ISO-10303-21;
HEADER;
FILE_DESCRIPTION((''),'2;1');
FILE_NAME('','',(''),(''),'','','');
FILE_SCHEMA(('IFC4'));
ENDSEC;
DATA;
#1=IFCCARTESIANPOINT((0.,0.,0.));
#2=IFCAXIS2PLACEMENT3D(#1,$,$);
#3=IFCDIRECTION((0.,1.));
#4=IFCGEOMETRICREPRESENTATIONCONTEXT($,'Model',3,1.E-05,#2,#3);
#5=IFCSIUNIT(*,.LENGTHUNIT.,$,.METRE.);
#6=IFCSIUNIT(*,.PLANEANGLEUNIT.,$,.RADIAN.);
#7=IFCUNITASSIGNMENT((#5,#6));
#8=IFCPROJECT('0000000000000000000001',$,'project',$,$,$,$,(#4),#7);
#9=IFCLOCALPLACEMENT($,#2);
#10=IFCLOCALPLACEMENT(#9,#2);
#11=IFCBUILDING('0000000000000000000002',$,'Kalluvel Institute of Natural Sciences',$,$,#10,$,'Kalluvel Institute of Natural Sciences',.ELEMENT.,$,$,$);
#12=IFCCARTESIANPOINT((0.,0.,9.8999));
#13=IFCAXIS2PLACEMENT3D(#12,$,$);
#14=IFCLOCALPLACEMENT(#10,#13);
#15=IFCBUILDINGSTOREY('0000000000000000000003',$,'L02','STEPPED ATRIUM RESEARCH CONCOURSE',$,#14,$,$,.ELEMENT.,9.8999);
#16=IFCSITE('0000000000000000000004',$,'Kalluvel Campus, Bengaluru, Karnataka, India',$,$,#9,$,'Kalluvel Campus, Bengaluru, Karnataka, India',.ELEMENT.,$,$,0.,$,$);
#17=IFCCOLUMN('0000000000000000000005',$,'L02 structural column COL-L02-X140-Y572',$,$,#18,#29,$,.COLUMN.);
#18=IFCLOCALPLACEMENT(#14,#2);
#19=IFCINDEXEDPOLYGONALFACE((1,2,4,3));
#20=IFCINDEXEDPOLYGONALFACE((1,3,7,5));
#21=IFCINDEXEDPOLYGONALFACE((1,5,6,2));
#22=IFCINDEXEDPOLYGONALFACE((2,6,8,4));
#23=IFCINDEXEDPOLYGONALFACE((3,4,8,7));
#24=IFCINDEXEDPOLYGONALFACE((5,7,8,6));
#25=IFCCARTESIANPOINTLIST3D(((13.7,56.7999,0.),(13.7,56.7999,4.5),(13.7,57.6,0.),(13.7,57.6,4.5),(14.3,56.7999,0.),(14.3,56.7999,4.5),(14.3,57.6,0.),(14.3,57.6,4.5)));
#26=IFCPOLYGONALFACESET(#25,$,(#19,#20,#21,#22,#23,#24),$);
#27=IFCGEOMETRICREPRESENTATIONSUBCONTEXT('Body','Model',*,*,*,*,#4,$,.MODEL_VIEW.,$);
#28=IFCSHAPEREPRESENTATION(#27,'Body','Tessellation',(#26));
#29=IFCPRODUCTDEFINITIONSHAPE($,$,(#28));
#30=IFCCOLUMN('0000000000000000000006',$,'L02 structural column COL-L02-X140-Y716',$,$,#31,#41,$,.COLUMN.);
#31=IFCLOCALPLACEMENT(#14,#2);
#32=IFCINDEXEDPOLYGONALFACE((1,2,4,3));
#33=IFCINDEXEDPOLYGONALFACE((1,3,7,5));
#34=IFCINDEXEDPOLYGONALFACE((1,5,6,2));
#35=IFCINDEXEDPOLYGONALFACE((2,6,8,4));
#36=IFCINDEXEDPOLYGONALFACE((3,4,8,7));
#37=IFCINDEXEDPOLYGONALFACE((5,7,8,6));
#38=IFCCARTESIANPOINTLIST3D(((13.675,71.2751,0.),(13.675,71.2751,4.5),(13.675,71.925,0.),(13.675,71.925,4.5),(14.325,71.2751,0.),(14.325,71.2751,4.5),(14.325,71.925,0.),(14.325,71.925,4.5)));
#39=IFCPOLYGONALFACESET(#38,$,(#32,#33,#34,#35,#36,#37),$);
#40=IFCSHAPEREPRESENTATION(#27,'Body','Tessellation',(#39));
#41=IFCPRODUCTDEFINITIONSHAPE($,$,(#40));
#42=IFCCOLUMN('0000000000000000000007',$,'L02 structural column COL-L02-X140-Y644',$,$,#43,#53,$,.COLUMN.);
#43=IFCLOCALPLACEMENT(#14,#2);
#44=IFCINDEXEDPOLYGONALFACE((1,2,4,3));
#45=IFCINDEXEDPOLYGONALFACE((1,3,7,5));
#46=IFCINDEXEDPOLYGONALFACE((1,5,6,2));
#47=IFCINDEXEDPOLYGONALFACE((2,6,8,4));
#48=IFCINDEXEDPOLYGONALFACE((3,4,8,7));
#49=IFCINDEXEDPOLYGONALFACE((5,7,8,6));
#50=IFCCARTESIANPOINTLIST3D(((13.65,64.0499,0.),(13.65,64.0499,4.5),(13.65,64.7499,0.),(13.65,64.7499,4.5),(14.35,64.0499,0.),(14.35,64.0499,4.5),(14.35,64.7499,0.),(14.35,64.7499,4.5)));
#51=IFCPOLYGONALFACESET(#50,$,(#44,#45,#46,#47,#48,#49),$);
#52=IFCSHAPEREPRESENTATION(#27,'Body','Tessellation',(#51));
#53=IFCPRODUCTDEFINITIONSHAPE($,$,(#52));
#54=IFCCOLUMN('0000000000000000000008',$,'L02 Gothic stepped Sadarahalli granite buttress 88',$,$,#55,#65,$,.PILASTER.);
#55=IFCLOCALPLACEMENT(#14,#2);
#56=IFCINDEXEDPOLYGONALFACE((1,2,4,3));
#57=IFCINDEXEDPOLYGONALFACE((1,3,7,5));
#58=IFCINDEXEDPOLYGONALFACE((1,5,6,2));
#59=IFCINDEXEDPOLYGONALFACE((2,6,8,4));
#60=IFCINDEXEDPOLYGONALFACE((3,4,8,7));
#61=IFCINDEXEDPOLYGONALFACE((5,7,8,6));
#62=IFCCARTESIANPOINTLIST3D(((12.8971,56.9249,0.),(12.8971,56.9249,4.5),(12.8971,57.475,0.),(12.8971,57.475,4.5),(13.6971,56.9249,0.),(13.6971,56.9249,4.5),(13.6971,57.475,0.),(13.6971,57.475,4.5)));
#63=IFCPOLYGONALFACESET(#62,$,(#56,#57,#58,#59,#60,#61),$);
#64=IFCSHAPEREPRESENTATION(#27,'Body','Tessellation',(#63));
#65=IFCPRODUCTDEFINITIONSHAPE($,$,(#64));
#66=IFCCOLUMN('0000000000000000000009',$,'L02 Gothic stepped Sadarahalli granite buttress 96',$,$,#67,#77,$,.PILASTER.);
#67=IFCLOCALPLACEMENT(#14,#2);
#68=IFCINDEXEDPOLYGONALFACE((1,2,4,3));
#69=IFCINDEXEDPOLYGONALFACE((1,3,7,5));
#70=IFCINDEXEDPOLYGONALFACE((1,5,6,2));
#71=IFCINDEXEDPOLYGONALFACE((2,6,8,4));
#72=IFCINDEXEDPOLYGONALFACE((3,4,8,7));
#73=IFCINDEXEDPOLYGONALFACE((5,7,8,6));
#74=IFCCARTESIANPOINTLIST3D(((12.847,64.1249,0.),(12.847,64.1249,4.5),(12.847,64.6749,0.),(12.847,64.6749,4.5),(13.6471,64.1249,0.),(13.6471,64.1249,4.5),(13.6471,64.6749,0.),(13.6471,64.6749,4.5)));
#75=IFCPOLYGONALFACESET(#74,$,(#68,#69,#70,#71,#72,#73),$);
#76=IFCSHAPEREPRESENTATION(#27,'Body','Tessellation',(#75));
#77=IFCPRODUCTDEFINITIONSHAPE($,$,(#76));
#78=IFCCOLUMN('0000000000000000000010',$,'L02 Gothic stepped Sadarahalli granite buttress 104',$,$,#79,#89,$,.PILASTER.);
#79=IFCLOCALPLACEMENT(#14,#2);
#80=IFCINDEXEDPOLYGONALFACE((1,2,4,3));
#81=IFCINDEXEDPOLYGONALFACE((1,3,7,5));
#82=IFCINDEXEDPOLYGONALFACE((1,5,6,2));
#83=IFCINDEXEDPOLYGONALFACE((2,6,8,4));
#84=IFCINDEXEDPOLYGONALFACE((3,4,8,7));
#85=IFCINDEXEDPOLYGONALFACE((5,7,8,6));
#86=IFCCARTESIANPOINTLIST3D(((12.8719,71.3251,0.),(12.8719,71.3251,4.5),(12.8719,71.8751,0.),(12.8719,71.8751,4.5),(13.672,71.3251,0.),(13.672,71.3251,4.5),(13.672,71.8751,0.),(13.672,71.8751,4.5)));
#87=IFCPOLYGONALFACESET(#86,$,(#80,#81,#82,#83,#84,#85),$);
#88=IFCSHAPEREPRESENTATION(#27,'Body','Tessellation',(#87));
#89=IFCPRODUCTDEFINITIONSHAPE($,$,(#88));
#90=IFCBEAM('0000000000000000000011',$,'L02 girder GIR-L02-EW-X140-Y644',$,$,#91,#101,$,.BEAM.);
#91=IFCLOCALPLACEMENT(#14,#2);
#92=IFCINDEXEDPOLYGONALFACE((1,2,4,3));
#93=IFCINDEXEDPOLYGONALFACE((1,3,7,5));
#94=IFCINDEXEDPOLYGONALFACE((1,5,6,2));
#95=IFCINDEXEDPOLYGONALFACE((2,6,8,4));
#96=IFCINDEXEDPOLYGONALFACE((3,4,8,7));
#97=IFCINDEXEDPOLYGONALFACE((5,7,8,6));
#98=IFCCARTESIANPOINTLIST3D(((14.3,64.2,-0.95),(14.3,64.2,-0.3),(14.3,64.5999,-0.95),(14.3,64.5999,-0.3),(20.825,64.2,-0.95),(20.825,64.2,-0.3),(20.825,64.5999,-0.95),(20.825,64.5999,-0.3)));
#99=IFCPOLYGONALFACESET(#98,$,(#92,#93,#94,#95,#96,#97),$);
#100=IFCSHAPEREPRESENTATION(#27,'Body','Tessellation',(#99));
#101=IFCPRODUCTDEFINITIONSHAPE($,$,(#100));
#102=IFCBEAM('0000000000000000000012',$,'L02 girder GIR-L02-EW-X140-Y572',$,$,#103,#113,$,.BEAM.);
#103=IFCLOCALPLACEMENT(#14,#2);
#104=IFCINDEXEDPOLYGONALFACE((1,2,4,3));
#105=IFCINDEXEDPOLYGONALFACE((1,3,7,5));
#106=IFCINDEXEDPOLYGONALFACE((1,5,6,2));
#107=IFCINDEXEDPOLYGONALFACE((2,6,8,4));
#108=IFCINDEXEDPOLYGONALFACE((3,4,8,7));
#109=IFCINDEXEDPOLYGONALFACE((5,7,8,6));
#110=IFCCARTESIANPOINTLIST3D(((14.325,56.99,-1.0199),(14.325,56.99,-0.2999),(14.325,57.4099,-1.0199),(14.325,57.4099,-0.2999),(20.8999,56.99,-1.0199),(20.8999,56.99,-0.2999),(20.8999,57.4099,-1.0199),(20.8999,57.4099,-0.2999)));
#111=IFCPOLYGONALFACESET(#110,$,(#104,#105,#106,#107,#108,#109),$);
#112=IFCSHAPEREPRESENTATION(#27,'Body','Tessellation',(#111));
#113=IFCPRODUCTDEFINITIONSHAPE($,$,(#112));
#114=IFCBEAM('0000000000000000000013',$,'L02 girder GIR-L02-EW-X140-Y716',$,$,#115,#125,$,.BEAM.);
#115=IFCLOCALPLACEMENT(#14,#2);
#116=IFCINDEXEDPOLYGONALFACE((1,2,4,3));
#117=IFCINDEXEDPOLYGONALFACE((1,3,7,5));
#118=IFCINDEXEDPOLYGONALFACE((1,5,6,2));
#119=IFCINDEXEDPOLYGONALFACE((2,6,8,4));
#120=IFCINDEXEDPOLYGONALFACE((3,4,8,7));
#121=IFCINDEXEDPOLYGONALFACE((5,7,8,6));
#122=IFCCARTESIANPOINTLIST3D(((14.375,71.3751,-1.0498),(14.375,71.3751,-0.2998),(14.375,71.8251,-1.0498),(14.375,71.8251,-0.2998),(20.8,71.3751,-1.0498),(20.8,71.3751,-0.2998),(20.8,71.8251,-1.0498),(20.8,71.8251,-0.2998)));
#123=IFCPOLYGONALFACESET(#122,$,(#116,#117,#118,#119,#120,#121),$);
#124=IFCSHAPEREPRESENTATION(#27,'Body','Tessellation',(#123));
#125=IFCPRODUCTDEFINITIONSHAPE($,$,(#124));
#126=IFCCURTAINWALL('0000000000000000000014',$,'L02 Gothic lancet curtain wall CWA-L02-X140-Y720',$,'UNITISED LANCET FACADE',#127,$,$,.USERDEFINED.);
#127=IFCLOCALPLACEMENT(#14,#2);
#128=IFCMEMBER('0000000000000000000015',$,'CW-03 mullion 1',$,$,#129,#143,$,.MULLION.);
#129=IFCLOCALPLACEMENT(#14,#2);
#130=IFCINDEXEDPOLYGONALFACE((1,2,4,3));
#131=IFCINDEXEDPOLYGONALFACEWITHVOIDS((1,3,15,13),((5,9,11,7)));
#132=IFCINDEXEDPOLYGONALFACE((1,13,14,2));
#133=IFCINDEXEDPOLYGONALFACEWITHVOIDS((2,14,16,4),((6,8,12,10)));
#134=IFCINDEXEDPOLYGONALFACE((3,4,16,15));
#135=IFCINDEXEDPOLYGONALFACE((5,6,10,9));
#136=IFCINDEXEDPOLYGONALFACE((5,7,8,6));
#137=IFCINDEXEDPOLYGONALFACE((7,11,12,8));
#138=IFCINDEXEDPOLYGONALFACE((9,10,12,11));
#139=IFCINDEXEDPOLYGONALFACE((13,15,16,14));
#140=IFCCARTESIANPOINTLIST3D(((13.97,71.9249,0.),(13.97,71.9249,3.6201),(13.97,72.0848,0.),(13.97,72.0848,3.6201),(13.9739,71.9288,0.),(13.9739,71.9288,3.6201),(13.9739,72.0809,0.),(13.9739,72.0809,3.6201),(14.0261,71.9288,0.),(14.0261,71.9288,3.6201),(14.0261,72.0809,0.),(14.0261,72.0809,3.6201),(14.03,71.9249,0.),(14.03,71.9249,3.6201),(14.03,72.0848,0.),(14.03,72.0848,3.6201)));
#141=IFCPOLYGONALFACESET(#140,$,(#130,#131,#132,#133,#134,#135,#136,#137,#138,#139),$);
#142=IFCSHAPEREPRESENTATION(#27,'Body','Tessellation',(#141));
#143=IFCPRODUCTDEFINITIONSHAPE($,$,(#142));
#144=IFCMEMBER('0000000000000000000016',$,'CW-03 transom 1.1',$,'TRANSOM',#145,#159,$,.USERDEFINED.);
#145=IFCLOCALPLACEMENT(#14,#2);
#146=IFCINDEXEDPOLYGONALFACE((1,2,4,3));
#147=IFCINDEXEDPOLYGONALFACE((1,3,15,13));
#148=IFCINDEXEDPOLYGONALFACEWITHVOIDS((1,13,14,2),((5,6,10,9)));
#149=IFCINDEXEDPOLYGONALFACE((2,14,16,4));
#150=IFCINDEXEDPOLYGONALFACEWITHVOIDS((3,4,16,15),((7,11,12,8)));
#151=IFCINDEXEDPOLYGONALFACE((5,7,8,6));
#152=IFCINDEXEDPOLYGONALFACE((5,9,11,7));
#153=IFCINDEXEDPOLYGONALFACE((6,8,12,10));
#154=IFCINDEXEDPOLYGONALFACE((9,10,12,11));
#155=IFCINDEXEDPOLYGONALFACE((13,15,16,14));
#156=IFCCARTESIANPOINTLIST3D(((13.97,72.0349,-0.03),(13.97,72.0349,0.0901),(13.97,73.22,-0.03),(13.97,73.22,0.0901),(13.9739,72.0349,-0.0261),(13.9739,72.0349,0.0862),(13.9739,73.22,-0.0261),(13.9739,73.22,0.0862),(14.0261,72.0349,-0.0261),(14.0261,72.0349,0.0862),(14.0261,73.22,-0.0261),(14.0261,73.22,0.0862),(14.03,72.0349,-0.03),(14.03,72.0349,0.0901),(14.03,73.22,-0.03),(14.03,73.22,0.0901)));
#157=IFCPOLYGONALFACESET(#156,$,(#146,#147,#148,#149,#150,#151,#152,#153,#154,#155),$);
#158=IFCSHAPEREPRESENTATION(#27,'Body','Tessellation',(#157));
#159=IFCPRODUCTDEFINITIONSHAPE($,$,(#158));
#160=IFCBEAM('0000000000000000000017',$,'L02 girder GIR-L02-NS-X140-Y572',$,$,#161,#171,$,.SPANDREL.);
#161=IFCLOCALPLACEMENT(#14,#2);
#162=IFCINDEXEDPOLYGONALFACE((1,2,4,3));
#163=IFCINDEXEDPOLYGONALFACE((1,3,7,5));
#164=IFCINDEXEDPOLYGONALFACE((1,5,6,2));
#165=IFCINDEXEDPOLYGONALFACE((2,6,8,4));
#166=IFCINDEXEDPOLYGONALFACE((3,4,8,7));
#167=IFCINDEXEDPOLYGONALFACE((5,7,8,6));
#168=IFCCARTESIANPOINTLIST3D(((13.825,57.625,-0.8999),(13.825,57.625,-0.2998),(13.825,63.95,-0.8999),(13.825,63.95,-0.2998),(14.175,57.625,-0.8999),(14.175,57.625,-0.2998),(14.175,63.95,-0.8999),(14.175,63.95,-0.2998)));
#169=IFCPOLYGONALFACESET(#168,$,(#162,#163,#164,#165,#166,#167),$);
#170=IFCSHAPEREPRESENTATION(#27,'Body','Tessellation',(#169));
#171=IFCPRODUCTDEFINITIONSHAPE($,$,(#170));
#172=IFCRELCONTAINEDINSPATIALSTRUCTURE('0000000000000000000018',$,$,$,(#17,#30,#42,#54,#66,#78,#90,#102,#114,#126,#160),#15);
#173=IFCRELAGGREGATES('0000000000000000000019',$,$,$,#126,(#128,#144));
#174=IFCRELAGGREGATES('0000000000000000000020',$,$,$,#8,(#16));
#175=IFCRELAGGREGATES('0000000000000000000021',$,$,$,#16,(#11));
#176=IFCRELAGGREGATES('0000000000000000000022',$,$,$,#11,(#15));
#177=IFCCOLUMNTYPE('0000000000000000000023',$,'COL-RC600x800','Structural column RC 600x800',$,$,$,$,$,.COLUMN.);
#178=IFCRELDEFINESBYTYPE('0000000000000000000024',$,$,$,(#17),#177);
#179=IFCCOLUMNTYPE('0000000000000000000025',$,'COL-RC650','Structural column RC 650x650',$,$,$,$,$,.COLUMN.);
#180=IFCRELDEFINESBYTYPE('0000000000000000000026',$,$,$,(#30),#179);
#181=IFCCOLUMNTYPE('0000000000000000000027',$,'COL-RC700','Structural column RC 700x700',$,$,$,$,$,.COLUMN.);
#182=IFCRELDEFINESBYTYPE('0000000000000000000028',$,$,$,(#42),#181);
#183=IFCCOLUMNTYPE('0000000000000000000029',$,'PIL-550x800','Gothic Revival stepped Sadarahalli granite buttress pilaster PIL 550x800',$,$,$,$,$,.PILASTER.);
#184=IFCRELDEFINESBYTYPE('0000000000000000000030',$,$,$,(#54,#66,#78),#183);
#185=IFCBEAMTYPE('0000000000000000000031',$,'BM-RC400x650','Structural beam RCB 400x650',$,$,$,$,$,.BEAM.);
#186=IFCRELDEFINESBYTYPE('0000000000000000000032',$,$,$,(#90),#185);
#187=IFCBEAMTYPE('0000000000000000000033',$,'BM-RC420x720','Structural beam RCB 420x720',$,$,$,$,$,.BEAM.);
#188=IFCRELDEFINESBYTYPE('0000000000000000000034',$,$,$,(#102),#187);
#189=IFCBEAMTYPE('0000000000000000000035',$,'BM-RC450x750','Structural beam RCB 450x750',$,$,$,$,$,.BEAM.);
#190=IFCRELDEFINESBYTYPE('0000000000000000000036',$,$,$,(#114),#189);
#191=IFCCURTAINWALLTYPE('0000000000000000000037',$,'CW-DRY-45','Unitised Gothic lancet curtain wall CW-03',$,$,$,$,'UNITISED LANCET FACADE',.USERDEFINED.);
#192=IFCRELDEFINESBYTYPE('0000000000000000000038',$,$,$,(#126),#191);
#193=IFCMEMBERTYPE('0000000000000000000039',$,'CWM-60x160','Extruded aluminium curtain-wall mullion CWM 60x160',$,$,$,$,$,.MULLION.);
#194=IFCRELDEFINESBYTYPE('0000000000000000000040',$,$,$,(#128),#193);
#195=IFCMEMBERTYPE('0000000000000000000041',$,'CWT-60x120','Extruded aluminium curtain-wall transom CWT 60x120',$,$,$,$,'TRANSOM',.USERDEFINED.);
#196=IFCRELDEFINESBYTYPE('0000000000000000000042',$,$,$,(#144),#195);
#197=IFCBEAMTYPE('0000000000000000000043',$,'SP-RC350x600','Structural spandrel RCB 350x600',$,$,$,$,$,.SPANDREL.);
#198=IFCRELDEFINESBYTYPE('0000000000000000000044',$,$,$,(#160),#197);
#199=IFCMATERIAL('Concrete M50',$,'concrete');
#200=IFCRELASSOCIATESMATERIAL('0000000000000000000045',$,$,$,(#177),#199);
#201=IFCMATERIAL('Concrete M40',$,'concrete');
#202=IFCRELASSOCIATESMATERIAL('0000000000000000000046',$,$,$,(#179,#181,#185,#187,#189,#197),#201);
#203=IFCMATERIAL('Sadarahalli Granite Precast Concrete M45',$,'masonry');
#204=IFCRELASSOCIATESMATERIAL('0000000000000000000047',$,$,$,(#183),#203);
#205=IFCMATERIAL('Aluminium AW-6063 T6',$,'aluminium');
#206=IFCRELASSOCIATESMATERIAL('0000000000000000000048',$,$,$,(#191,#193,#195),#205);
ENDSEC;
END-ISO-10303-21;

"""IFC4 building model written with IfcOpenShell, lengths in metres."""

from ifc_helpers import new_model, si_unit, direction, frame, origin, origin_2d, place, context, subcontext, project, spatial, rectangle, hollow_rectangle, extrude, material, material_profile, profile_set, type_object, element, aggregate, save


model = new_model("IFC4")

# Units and contexts
model_context = context("Model", 3, precision=1e-05, world=origin(), true_north=direction((0.0, 1.0)))
body_context = subcontext(model_context, "Body", "Model", "MODEL_VIEW")
ifc_project = project(units=[si_unit("LENGTHUNIT", "METRE"), si_unit("PLANEANGLEUNIT", "RADIAN")], contexts=[model_context])

# Site, building, storey
site_placement = place(None, origin())
site = spatial("IfcSite", under=ifc_project, at=site_placement, Name="Kalluvel Campus, Bengaluru, Karnataka, India", LongName="Kalluvel Campus, Bengaluru, Karnataka, India", CompositionType="ELEMENT", RefElevation=0.0)
building_placement = place(site_placement, origin())
building = spatial("IfcBuilding", under=site, at=building_placement, Name="Kalluvel Institute of Natural Sciences", LongName="Kalluvel Institute of Natural Sciences", CompositionType="ELEMENT")
storey_placement = place(building_placement, frame((0.0, 0.0, 9.8999)))
storey = spatial("IfcBuildingStorey", under=building, at=storey_placement, Name="L02", Description="STEPPED ATRIUM RESEARCH CONCOURSE", CompositionType="ELEMENT", Elevation=9.8999)

# Columns
ifc_material_1 = material(Name="Concrete M50", Category="concrete")
ifc_material_profile_1 = material_profile(ifc_material_1, rectangle(XDim=0.6001, YDim=0.8, at=origin_2d()), Name="RC 600x800")
ifc_profile_set_1 = profile_set([ifc_material_profile_1], Name="Concrete M50")
column_type_1 = type_object("IfcColumnType", Name="COL-RC600x800", Description="Structural column RC 600x800", PredefinedType="COLUMN", material=ifc_profile_set_1)
column_1_placement = place(storey_placement, frame((14.0, 57.2, 0.0), z_axis=(0.0, 0.0, 1.0), x_axis=(1.0, 0.0, 0.0)))
element("IfcColumn", 1, at=column_1_placement, inside=storey, type_object=column_type_1, Name="L02 structural column COL-L02-X140-Y572", PredefinedType="COLUMN", context=body_context, shape_type="SweptSolid", body=[
    extrude(rectangle(XDim=0.6001, YDim=0.8, at=origin_2d()), origin(), (0.0, 0.0, 1.0), 4.5),
])
ifc_material_2 = material(Name="Concrete M40", Category="concrete")
ifc_material_profile_2 = material_profile(ifc_material_2, rectangle(XDim=0.6499, YDim=0.6499, at=origin_2d()), Name="RC 650x650")
ifc_profile_set_2 = profile_set([ifc_material_profile_2], Name="Concrete M40")
column_type_2 = type_object("IfcColumnType", Name="COL-RC650", Description="Structural column RC 650x650", PredefinedType="COLUMN", material=ifc_profile_set_2)
column_2_placement = place(storey_placement, frame((14.0, 71.6001, 0.0), z_axis=(0.0, 0.0, 1.0), x_axis=(1.0, 0.0, 0.0)))
element("IfcColumn", 2, at=column_2_placement, inside=storey, type_object=column_type_2, Name="L02 structural column COL-L02-X140-Y716", PredefinedType="COLUMN", context=body_context, shape_type="SweptSolid", body=[
    extrude(rectangle(XDim=0.6499, YDim=0.6499, at=origin_2d()), origin(), (0.0, 0.0, 1.0), 4.5),
])
ifc_material_profile_3 = material_profile(ifc_material_2, rectangle(XDim=0.7, YDim=0.7, at=origin_2d()), Name="RC 700x700")
ifc_profile_set_3 = profile_set([ifc_material_profile_3], Name="Concrete M40")
column_type_3 = type_object("IfcColumnType", Name="COL-RC700", Description="Structural column RC 700x700", PredefinedType="COLUMN", material=ifc_profile_set_3)
column_3_placement = place(storey_placement, frame((14.0, 64.3999, 0.0), z_axis=(0.0, 0.0, 1.0), x_axis=(1.0, 0.0, 0.0)))
element("IfcColumn", 3, at=column_3_placement, inside=storey, type_object=column_type_3, Name="L02 structural column COL-L02-X140-Y644", PredefinedType="COLUMN", context=body_context, shape_type="SweptSolid", body=[
    extrude(rectangle(XDim=0.7, YDim=0.7, at=origin_2d()), origin(), (0.0, 0.0, 1.0), 4.5),
])
ifc_material_3 = material(Name="Sadarahalli Granite Precast Concrete M45", Category="masonry")
ifc_material_profile_4 = material_profile(ifc_material_3, rectangle(XDim=0.55, YDim=0.8, at=origin_2d()), Name="PIL 550x800")
ifc_profile_set_4 = profile_set([ifc_material_profile_4], Name="Sadarahalli Granite Precast Concrete M45")
column_type_4 = type_object("IfcColumnType", Name="PIL-550x800", Description="Gothic Revival stepped Sadarahalli granite buttress pilaster PIL 550x800", PredefinedType="PILASTER", material=ifc_profile_set_4)
for number, where, z_axis, x_axis, name in (
    (4, (13.2971, 57.2, 0.0), (0.0, 0.0, 1.0), (0.0, 1.0, 0.0), "L02 Gothic stepped Sadarahalli granite buttress 88"),
    (5, (13.2471, 64.3999, 0.0), (0.0, 0.0, 1.0), (0.0, 1.0, 0.0), "L02 Gothic stepped Sadarahalli granite buttress 96"),
    (6, (13.272, 71.6001, 0.0), (0.0, 0.0, 1.0), (0.0, 1.0, 0.0), "L02 Gothic stepped Sadarahalli granite buttress 104"),
):
    element("IfcColumn", number, at=place(storey_placement, frame(where, z_axis=z_axis, x_axis=x_axis)), inside=storey, type_object=column_type_4, Name=name, PredefinedType="PILASTER", context=body_context, shape_type="SweptSolid", body=[
        extrude(rectangle(XDim=0.55, YDim=0.8, at=origin_2d()), origin(), (0.0, 0.0, 1.0), 4.5),
    ])

# Beams
ifc_material_profile_5 = material_profile(ifc_material_2, rectangle(XDim=0.3999, YDim=0.6499, at=origin_2d()), Name="RCB 400x650")
ifc_profile_set_5 = profile_set([ifc_material_profile_5], Name="Concrete M40")
beam_type_1 = type_object("IfcBeamType", Name="BM-RC400x650", Description="Structural beam RCB 400x650", PredefinedType="BEAM", material=ifc_profile_set_5)
beam_1_placement = place(storey_placement, frame((14.3, 64.3999, -0.625), z_axis=(1.0, 0.0, 0.0), x_axis=(0.0, 1.0, 0.0)))
element("IfcBeam", 7, at=beam_1_placement, inside=storey, type_object=beam_type_1, Name="L02 girder GIR-L02-EW-X140-Y644", PredefinedType="BEAM", context=body_context, shape_type="SweptSolid", body=[
    extrude(rectangle(XDim=0.3999, YDim=0.6499, at=origin_2d()), origin(), (0.0, 0.0, 1.0), 6.5249),
])
ifc_material_profile_6 = material_profile(ifc_material_2, rectangle(XDim=0.4199, YDim=0.72, at=origin_2d()), Name="RCB 420x720")
ifc_profile_set_6 = profile_set([ifc_material_profile_6], Name="Concrete M40")
beam_type_2 = type_object("IfcBeamType", Name="BM-RC420x720", Description="Structural beam RCB 420x720", PredefinedType="BEAM", material=ifc_profile_set_6)
beam_2_placement = place(storey_placement, frame((14.325, 57.2, -0.6599), z_axis=(1.0, 0.0, 0.0), x_axis=(0.0, 1.0, 0.0)))
element("IfcBeam", 8, at=beam_2_placement, inside=storey, type_object=beam_type_2, Name="L02 girder GIR-L02-EW-X140-Y572", PredefinedType="BEAM", context=body_context, shape_type="SweptSolid", body=[
    extrude(rectangle(XDim=0.4199, YDim=0.72, at=origin_2d()), origin(), (0.0, 0.0, 1.0), 6.575),
])
ifc_material_profile_7 = material_profile(ifc_material_2, rectangle(XDim=0.45, YDim=0.75, at=origin_2d()), Name="RCB 450x750")
ifc_profile_set_7 = profile_set([ifc_material_profile_7], Name="Concrete M40")
beam_type_3 = type_object("IfcBeamType", Name="BM-RC450x750", Description="Structural beam RCB 450x750", PredefinedType="BEAM", material=ifc_profile_set_7)
beam_3_placement = place(storey_placement, frame((14.375, 71.6001, -0.6748), z_axis=(1.0, 0.0, 0.0), x_axis=(0.0, 1.0, 0.0)))
element("IfcBeam", 9, at=beam_3_placement, inside=storey, type_object=beam_type_3, Name="L02 girder GIR-L02-EW-X140-Y716", PredefinedType="BEAM", context=body_context, shape_type="SweptSolid", body=[
    extrude(rectangle(XDim=0.45, YDim=0.75, at=origin_2d()), origin(), (0.0, 0.0, 1.0), 6.425),
])

# Curtain wall, members
ifc_material_4 = material(Name="Aluminium AW-6063 T6", Category="aluminium")
curtain_wall_type = type_object("IfcCurtainWallType", Name="CW-DRY-45", Description="Unitised Gothic lancet curtain wall CW-03", ElementType="UNITISED LANCET FACADE", PredefinedType="USERDEFINED", material=ifc_material_4)
curtain_wall_placement = place(storey_placement, origin())
curtain_wall = element("IfcCurtainWall", 10, at=curtain_wall_placement, inside=storey, type_object=curtain_wall_type, Name="L02 Gothic lancet curtain wall CWA-L02-X140-Y720", ObjectType="UNITISED LANCET FACADE", PredefinedType="USERDEFINED")
ifc_material_profile_8 = material_profile(ifc_material_4, hollow_rectangle(XDim=0.0601, YDim=0.1599, WallThickness=0.0039, at=origin_2d()), Name="CWM 60x160")
ifc_profile_set_8 = profile_set([ifc_material_profile_8], Name="Aluminium AW-6063 T6")
member_type_1 = type_object("IfcMemberType", Name="CWM-60x160", Description="Extruded aluminium curtain-wall mullion CWM 60x160", PredefinedType="MULLION", material=ifc_profile_set_8)
member_1_placement = place(storey_placement, frame((14.0, 72.0049, 0.0), z_axis=(0.0, 0.0, 1.0), x_axis=(-1.0, 0.0, 0.0)))
member_1 = element("IfcMember", 11, at=member_1_placement, type_object=member_type_1, Name="CW-03 mullion 1", PredefinedType="MULLION", context=body_context, shape_type="SweptSolid", body=[
    extrude(hollow_rectangle(XDim=0.0601, YDim=0.1599, WallThickness=0.0039, at=origin_2d()), origin(), (0.0, 0.0, 1.0), 3.6201),
])
ifc_material_profile_9 = material_profile(ifc_material_4, hollow_rectangle(XDim=0.0601, YDim=0.1201, WallThickness=0.0039, at=origin_2d()), Name="CWT 60x120")
ifc_profile_set_9 = profile_set([ifc_material_profile_9], Name="Aluminium AW-6063 T6")
member_type_2 = type_object("IfcMemberType", Name="CWT-60x120", Description="Extruded aluminium curtain-wall transom CWT 60x120", ElementType="TRANSOM", PredefinedType="USERDEFINED", material=ifc_profile_set_9)
member_2_placement = place(storey_placement, frame((14.0, 72.0349, 0.03), z_axis=(0.0, 1.0, 0.0), x_axis=(-1.0, 0.0, 0.0)))
member_2 = element("IfcMember", 12, at=member_2_placement, type_object=member_type_2, Name="CW-03 transom 1.1", ObjectType="TRANSOM", PredefinedType="USERDEFINED", context=body_context, shape_type="SweptSolid", body=[
    extrude(hollow_rectangle(XDim=0.0601, YDim=0.1201, WallThickness=0.0039, at=origin_2d()), origin(), (0.0, 0.0, 1.0), 1.1851),
])
aggregate(curtain_wall, [member_1, member_2])

# Beam
ifc_material_profile_10 = material_profile(ifc_material_2, rectangle(XDim=0.3501, YDim=0.6001, at=origin_2d()), Name="RCB 350x600")
ifc_profile_set_10 = profile_set([ifc_material_profile_10], Name="Concrete M40")
beam_type_4 = type_object("IfcBeamType", Name="SP-RC350x600", Description="Structural spandrel RCB 350x600", PredefinedType="SPANDREL", material=ifc_profile_set_10)
beam_4_placement = place(storey_placement, frame((14.0, 57.625, -0.5999), z_axis=(0.0, 1.0, 0.0), x_axis=(-1.0, 0.0, 0.0)))
element("IfcBeam", 13, at=beam_4_placement, inside=storey, type_object=beam_type_4, Name="L02 girder GIR-L02-NS-X140-Y572", PredefinedType="SPANDREL", context=body_context, shape_type="SweptSolid", body=[
    extrude(rectangle(XDim=0.3501, YDim=0.6001, at=origin_2d()), origin(), (0.0, 0.0, 1.0), 6.325),
])

save(model, "model.ifc")
